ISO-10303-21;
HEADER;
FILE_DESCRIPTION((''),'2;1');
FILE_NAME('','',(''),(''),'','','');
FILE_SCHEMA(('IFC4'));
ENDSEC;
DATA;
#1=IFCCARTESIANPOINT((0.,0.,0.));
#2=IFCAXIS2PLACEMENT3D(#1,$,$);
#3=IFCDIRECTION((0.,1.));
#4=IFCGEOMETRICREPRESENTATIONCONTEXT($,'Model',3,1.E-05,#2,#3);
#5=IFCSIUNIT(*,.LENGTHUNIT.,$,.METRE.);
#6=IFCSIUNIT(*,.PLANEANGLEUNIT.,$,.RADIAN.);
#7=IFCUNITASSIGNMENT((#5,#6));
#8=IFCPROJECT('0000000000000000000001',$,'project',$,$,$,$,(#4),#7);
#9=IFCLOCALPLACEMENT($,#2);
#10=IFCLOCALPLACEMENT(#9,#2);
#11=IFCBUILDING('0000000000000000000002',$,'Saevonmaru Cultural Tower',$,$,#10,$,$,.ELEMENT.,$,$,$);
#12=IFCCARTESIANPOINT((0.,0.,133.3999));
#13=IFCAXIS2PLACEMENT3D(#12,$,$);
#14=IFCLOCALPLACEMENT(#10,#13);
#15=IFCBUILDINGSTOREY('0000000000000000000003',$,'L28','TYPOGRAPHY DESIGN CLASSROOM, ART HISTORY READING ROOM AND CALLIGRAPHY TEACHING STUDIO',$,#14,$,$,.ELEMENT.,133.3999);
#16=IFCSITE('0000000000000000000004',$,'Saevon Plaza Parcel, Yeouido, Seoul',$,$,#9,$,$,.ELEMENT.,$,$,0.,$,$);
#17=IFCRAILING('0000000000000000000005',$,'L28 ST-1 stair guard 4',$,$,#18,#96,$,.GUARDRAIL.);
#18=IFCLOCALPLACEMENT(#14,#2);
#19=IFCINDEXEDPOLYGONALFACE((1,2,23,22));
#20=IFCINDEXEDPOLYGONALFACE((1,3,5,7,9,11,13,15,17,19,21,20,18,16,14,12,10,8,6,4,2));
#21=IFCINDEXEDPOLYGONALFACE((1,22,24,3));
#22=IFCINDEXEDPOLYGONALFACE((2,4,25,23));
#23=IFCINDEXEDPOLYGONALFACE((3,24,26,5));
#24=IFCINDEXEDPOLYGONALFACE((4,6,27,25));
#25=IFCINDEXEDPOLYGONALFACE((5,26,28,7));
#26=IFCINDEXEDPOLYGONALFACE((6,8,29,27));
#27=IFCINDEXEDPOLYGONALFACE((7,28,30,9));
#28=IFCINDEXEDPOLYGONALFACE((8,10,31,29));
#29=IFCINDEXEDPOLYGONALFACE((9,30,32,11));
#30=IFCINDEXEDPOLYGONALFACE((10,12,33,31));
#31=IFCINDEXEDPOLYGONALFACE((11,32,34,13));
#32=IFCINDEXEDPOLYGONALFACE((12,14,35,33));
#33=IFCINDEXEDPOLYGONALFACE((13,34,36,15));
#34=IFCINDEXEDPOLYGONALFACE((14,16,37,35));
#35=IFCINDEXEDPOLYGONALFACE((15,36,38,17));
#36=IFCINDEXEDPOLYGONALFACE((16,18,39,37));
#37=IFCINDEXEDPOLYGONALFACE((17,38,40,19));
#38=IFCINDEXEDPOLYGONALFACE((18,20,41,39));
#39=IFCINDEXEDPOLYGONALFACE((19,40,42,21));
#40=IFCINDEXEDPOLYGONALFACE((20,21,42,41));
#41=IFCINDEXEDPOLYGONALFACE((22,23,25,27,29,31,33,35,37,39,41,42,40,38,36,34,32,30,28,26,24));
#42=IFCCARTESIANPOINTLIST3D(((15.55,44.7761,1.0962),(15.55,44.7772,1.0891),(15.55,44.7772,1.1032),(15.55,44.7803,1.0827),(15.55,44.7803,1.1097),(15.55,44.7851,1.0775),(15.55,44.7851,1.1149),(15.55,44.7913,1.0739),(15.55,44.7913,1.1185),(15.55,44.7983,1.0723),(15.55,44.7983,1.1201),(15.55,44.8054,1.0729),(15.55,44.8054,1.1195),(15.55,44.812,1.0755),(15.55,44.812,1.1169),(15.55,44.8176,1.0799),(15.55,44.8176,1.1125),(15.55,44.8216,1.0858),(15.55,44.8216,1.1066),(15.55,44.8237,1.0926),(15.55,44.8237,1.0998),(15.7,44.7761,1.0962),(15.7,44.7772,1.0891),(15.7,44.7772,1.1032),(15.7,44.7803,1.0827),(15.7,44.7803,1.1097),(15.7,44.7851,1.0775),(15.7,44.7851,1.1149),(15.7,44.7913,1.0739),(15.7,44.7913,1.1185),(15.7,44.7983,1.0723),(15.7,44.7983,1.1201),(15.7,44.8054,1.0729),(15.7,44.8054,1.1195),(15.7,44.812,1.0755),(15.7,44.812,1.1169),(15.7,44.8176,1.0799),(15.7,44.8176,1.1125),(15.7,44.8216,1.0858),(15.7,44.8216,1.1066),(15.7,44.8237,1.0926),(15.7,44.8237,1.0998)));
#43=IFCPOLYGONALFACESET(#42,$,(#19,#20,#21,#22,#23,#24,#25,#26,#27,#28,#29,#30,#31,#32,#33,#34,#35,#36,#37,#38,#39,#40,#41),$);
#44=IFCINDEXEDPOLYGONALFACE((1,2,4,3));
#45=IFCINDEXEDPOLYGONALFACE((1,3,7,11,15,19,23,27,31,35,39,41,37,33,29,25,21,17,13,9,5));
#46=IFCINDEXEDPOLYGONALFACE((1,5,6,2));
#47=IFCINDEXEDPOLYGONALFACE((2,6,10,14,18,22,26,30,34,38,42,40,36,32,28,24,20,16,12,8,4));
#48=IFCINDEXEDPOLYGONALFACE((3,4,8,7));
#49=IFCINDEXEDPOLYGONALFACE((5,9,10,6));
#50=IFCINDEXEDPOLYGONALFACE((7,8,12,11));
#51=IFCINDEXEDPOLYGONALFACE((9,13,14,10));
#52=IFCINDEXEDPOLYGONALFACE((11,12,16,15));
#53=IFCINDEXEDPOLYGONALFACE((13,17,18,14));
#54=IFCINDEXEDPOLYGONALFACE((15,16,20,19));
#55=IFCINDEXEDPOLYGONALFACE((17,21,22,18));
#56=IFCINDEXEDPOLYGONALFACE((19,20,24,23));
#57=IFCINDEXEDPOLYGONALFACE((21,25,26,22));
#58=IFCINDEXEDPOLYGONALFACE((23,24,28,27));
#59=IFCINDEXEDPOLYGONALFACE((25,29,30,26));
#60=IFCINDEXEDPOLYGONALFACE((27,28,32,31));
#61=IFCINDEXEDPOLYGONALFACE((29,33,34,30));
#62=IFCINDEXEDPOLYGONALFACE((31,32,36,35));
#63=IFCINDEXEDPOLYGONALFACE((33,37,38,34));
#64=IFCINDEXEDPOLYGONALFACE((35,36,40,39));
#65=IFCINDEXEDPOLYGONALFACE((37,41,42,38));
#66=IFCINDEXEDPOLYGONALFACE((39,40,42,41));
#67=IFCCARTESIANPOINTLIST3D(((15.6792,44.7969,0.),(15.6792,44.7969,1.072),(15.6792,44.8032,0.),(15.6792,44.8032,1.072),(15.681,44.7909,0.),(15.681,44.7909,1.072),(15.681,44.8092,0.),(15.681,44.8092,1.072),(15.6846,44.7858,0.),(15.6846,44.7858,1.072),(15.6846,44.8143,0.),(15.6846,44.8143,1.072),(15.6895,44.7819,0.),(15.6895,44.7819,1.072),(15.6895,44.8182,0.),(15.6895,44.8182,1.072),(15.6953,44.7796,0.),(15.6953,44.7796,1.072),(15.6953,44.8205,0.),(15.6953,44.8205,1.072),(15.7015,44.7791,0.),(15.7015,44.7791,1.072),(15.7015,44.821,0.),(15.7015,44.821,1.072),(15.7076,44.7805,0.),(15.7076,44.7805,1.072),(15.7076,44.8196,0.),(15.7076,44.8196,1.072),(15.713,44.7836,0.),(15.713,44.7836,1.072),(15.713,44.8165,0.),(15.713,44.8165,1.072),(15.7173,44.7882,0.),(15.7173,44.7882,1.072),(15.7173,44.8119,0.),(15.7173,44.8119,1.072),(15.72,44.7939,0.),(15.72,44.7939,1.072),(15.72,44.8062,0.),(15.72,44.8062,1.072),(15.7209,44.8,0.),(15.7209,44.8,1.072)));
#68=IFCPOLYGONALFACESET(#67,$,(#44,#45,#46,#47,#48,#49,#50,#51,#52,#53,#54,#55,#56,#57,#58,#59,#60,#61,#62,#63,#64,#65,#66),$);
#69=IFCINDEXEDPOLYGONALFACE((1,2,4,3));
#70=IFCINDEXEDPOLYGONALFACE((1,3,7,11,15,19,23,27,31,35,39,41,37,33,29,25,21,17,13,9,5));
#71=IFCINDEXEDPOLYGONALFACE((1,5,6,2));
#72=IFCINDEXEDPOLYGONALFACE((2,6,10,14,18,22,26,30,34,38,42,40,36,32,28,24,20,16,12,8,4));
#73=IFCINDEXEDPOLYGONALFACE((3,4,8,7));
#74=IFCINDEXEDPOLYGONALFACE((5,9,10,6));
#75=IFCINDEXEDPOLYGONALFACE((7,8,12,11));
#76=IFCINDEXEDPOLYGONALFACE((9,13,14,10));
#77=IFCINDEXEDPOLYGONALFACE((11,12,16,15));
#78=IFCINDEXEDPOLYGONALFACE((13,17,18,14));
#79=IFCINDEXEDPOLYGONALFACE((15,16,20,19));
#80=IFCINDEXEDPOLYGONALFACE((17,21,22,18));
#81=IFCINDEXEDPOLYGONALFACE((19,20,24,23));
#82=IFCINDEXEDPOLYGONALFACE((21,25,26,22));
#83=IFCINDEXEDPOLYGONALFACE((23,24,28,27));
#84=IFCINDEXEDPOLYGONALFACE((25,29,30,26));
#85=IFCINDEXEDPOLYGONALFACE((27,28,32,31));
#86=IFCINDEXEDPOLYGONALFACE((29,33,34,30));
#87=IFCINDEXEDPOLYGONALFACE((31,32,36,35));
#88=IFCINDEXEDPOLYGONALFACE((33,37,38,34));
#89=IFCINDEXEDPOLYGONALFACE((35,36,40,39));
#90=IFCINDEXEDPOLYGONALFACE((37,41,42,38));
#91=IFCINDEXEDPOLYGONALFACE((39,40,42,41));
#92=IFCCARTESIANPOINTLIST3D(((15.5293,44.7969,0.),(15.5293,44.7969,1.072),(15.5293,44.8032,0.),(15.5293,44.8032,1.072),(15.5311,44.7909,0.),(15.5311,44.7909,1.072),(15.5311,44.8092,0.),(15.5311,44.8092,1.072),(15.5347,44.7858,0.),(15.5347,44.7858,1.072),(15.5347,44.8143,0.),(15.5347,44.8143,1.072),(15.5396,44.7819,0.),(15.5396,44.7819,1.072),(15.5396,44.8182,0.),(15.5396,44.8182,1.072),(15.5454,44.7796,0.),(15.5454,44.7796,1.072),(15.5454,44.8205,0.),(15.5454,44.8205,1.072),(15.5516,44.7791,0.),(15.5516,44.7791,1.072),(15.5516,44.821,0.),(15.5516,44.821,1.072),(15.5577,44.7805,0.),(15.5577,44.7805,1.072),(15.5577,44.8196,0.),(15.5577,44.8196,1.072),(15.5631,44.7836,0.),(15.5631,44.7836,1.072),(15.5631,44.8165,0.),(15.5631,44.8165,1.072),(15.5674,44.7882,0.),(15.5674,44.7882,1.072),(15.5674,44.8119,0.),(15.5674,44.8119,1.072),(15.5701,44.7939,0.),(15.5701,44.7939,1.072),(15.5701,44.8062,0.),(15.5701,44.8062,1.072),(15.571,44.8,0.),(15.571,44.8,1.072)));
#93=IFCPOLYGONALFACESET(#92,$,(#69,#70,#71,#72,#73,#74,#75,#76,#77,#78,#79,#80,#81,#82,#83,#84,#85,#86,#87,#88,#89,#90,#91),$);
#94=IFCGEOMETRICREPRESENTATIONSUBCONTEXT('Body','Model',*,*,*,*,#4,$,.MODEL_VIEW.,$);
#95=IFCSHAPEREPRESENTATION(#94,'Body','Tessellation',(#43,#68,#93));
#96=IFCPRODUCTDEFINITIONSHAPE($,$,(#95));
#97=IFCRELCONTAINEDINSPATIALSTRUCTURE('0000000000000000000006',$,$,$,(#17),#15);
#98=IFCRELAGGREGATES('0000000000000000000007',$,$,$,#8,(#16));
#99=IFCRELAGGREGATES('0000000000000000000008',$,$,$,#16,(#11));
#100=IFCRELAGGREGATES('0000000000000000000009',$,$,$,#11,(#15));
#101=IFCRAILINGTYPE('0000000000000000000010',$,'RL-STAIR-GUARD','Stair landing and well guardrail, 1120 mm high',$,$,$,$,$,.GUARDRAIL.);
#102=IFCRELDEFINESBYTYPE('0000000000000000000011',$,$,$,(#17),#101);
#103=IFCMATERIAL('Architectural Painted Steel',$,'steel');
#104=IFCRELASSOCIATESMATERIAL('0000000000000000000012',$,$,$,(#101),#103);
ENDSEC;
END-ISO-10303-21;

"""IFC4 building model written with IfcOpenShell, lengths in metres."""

from ifc_helpers import new_model, si_unit, direction, frame, origin, origin_2d, place, context, subcontext, project, spatial, circle, extrude, material, type_object, element, save


model = new_model("IFC4")

# Units and contexts
model_context = context("Model", 3, precision=1e-05, world=origin(), true_north=direction((0.0, 1.0)))
body_context = subcontext(model_context, "Body", "Model", "MODEL_VIEW")
ifc_project = project(units=[si_unit("LENGTHUNIT", "METRE"), si_unit("PLANEANGLEUNIT", "RADIAN")], contexts=[model_context])

# Site, building, storey
site_placement = place(None, origin())
site = spatial("IfcSite", under=ifc_project, at=site_placement, Name="Saevon Plaza Parcel, Yeouido, Seoul", CompositionType="ELEMENT", RefElevation=0.0)
building_placement = place(site_placement, origin())
building = spatial("IfcBuilding", under=site, at=building_placement, Name="Saevonmaru Cultural Tower", CompositionType="ELEMENT")
storey_placement = place(building_placement, frame((0.0, 0.0, 133.3999)))
storey = spatial("IfcBuildingStorey", under=building, at=storey_placement, Name="L28", Description="TYPOGRAPHY DESIGN CLASSROOM, ART HISTORY READING ROOM AND CALLIGRAPHY TEACHING STUDIO", CompositionType="ELEMENT", Elevation=133.3999)

# Railing
ifc_material_1 = material(Name="Architectural Painted Steel", Category="steel")
railing_type_1 = type_object("IfcRailingType", Name="RL-STAIR-GUARD", Description="Stair landing and well guardrail, 1120 mm high", PredefinedType="GUARDRAIL", material=ifc_material_1)
railing_1_placement = place(storey_placement, frame((15.7, 44.8, 0.0)))
element("IfcRailing", 1, at=railing_1_placement, inside=storey, type_object=railing_type_1, Name="L28 ST-1 stair guard 4", PredefinedType="GUARDRAIL", context=body_context, shape_type="SweptSolid", body=[
    extrude(circle(Radius=0.0239, at=origin_2d()), frame((0.0, 0.0, 1.0962), z_axis=(-1.0, 0.0, 0.0), x_axis=(0.0, -1.0, 0.0)), (0.0, 0.0, 1.0), 0.1499),
    extrude(circle(Radius=0.021, at=origin_2d()), origin(), (0.0, 0.0, 1.0), 1.072),
    extrude(circle(Radius=0.021, at=origin_2d()), frame((-0.1499, 0.0, 0.0)), (0.0, 0.0, 1.0), 1.072),
])

save(model, "model.ifc")
